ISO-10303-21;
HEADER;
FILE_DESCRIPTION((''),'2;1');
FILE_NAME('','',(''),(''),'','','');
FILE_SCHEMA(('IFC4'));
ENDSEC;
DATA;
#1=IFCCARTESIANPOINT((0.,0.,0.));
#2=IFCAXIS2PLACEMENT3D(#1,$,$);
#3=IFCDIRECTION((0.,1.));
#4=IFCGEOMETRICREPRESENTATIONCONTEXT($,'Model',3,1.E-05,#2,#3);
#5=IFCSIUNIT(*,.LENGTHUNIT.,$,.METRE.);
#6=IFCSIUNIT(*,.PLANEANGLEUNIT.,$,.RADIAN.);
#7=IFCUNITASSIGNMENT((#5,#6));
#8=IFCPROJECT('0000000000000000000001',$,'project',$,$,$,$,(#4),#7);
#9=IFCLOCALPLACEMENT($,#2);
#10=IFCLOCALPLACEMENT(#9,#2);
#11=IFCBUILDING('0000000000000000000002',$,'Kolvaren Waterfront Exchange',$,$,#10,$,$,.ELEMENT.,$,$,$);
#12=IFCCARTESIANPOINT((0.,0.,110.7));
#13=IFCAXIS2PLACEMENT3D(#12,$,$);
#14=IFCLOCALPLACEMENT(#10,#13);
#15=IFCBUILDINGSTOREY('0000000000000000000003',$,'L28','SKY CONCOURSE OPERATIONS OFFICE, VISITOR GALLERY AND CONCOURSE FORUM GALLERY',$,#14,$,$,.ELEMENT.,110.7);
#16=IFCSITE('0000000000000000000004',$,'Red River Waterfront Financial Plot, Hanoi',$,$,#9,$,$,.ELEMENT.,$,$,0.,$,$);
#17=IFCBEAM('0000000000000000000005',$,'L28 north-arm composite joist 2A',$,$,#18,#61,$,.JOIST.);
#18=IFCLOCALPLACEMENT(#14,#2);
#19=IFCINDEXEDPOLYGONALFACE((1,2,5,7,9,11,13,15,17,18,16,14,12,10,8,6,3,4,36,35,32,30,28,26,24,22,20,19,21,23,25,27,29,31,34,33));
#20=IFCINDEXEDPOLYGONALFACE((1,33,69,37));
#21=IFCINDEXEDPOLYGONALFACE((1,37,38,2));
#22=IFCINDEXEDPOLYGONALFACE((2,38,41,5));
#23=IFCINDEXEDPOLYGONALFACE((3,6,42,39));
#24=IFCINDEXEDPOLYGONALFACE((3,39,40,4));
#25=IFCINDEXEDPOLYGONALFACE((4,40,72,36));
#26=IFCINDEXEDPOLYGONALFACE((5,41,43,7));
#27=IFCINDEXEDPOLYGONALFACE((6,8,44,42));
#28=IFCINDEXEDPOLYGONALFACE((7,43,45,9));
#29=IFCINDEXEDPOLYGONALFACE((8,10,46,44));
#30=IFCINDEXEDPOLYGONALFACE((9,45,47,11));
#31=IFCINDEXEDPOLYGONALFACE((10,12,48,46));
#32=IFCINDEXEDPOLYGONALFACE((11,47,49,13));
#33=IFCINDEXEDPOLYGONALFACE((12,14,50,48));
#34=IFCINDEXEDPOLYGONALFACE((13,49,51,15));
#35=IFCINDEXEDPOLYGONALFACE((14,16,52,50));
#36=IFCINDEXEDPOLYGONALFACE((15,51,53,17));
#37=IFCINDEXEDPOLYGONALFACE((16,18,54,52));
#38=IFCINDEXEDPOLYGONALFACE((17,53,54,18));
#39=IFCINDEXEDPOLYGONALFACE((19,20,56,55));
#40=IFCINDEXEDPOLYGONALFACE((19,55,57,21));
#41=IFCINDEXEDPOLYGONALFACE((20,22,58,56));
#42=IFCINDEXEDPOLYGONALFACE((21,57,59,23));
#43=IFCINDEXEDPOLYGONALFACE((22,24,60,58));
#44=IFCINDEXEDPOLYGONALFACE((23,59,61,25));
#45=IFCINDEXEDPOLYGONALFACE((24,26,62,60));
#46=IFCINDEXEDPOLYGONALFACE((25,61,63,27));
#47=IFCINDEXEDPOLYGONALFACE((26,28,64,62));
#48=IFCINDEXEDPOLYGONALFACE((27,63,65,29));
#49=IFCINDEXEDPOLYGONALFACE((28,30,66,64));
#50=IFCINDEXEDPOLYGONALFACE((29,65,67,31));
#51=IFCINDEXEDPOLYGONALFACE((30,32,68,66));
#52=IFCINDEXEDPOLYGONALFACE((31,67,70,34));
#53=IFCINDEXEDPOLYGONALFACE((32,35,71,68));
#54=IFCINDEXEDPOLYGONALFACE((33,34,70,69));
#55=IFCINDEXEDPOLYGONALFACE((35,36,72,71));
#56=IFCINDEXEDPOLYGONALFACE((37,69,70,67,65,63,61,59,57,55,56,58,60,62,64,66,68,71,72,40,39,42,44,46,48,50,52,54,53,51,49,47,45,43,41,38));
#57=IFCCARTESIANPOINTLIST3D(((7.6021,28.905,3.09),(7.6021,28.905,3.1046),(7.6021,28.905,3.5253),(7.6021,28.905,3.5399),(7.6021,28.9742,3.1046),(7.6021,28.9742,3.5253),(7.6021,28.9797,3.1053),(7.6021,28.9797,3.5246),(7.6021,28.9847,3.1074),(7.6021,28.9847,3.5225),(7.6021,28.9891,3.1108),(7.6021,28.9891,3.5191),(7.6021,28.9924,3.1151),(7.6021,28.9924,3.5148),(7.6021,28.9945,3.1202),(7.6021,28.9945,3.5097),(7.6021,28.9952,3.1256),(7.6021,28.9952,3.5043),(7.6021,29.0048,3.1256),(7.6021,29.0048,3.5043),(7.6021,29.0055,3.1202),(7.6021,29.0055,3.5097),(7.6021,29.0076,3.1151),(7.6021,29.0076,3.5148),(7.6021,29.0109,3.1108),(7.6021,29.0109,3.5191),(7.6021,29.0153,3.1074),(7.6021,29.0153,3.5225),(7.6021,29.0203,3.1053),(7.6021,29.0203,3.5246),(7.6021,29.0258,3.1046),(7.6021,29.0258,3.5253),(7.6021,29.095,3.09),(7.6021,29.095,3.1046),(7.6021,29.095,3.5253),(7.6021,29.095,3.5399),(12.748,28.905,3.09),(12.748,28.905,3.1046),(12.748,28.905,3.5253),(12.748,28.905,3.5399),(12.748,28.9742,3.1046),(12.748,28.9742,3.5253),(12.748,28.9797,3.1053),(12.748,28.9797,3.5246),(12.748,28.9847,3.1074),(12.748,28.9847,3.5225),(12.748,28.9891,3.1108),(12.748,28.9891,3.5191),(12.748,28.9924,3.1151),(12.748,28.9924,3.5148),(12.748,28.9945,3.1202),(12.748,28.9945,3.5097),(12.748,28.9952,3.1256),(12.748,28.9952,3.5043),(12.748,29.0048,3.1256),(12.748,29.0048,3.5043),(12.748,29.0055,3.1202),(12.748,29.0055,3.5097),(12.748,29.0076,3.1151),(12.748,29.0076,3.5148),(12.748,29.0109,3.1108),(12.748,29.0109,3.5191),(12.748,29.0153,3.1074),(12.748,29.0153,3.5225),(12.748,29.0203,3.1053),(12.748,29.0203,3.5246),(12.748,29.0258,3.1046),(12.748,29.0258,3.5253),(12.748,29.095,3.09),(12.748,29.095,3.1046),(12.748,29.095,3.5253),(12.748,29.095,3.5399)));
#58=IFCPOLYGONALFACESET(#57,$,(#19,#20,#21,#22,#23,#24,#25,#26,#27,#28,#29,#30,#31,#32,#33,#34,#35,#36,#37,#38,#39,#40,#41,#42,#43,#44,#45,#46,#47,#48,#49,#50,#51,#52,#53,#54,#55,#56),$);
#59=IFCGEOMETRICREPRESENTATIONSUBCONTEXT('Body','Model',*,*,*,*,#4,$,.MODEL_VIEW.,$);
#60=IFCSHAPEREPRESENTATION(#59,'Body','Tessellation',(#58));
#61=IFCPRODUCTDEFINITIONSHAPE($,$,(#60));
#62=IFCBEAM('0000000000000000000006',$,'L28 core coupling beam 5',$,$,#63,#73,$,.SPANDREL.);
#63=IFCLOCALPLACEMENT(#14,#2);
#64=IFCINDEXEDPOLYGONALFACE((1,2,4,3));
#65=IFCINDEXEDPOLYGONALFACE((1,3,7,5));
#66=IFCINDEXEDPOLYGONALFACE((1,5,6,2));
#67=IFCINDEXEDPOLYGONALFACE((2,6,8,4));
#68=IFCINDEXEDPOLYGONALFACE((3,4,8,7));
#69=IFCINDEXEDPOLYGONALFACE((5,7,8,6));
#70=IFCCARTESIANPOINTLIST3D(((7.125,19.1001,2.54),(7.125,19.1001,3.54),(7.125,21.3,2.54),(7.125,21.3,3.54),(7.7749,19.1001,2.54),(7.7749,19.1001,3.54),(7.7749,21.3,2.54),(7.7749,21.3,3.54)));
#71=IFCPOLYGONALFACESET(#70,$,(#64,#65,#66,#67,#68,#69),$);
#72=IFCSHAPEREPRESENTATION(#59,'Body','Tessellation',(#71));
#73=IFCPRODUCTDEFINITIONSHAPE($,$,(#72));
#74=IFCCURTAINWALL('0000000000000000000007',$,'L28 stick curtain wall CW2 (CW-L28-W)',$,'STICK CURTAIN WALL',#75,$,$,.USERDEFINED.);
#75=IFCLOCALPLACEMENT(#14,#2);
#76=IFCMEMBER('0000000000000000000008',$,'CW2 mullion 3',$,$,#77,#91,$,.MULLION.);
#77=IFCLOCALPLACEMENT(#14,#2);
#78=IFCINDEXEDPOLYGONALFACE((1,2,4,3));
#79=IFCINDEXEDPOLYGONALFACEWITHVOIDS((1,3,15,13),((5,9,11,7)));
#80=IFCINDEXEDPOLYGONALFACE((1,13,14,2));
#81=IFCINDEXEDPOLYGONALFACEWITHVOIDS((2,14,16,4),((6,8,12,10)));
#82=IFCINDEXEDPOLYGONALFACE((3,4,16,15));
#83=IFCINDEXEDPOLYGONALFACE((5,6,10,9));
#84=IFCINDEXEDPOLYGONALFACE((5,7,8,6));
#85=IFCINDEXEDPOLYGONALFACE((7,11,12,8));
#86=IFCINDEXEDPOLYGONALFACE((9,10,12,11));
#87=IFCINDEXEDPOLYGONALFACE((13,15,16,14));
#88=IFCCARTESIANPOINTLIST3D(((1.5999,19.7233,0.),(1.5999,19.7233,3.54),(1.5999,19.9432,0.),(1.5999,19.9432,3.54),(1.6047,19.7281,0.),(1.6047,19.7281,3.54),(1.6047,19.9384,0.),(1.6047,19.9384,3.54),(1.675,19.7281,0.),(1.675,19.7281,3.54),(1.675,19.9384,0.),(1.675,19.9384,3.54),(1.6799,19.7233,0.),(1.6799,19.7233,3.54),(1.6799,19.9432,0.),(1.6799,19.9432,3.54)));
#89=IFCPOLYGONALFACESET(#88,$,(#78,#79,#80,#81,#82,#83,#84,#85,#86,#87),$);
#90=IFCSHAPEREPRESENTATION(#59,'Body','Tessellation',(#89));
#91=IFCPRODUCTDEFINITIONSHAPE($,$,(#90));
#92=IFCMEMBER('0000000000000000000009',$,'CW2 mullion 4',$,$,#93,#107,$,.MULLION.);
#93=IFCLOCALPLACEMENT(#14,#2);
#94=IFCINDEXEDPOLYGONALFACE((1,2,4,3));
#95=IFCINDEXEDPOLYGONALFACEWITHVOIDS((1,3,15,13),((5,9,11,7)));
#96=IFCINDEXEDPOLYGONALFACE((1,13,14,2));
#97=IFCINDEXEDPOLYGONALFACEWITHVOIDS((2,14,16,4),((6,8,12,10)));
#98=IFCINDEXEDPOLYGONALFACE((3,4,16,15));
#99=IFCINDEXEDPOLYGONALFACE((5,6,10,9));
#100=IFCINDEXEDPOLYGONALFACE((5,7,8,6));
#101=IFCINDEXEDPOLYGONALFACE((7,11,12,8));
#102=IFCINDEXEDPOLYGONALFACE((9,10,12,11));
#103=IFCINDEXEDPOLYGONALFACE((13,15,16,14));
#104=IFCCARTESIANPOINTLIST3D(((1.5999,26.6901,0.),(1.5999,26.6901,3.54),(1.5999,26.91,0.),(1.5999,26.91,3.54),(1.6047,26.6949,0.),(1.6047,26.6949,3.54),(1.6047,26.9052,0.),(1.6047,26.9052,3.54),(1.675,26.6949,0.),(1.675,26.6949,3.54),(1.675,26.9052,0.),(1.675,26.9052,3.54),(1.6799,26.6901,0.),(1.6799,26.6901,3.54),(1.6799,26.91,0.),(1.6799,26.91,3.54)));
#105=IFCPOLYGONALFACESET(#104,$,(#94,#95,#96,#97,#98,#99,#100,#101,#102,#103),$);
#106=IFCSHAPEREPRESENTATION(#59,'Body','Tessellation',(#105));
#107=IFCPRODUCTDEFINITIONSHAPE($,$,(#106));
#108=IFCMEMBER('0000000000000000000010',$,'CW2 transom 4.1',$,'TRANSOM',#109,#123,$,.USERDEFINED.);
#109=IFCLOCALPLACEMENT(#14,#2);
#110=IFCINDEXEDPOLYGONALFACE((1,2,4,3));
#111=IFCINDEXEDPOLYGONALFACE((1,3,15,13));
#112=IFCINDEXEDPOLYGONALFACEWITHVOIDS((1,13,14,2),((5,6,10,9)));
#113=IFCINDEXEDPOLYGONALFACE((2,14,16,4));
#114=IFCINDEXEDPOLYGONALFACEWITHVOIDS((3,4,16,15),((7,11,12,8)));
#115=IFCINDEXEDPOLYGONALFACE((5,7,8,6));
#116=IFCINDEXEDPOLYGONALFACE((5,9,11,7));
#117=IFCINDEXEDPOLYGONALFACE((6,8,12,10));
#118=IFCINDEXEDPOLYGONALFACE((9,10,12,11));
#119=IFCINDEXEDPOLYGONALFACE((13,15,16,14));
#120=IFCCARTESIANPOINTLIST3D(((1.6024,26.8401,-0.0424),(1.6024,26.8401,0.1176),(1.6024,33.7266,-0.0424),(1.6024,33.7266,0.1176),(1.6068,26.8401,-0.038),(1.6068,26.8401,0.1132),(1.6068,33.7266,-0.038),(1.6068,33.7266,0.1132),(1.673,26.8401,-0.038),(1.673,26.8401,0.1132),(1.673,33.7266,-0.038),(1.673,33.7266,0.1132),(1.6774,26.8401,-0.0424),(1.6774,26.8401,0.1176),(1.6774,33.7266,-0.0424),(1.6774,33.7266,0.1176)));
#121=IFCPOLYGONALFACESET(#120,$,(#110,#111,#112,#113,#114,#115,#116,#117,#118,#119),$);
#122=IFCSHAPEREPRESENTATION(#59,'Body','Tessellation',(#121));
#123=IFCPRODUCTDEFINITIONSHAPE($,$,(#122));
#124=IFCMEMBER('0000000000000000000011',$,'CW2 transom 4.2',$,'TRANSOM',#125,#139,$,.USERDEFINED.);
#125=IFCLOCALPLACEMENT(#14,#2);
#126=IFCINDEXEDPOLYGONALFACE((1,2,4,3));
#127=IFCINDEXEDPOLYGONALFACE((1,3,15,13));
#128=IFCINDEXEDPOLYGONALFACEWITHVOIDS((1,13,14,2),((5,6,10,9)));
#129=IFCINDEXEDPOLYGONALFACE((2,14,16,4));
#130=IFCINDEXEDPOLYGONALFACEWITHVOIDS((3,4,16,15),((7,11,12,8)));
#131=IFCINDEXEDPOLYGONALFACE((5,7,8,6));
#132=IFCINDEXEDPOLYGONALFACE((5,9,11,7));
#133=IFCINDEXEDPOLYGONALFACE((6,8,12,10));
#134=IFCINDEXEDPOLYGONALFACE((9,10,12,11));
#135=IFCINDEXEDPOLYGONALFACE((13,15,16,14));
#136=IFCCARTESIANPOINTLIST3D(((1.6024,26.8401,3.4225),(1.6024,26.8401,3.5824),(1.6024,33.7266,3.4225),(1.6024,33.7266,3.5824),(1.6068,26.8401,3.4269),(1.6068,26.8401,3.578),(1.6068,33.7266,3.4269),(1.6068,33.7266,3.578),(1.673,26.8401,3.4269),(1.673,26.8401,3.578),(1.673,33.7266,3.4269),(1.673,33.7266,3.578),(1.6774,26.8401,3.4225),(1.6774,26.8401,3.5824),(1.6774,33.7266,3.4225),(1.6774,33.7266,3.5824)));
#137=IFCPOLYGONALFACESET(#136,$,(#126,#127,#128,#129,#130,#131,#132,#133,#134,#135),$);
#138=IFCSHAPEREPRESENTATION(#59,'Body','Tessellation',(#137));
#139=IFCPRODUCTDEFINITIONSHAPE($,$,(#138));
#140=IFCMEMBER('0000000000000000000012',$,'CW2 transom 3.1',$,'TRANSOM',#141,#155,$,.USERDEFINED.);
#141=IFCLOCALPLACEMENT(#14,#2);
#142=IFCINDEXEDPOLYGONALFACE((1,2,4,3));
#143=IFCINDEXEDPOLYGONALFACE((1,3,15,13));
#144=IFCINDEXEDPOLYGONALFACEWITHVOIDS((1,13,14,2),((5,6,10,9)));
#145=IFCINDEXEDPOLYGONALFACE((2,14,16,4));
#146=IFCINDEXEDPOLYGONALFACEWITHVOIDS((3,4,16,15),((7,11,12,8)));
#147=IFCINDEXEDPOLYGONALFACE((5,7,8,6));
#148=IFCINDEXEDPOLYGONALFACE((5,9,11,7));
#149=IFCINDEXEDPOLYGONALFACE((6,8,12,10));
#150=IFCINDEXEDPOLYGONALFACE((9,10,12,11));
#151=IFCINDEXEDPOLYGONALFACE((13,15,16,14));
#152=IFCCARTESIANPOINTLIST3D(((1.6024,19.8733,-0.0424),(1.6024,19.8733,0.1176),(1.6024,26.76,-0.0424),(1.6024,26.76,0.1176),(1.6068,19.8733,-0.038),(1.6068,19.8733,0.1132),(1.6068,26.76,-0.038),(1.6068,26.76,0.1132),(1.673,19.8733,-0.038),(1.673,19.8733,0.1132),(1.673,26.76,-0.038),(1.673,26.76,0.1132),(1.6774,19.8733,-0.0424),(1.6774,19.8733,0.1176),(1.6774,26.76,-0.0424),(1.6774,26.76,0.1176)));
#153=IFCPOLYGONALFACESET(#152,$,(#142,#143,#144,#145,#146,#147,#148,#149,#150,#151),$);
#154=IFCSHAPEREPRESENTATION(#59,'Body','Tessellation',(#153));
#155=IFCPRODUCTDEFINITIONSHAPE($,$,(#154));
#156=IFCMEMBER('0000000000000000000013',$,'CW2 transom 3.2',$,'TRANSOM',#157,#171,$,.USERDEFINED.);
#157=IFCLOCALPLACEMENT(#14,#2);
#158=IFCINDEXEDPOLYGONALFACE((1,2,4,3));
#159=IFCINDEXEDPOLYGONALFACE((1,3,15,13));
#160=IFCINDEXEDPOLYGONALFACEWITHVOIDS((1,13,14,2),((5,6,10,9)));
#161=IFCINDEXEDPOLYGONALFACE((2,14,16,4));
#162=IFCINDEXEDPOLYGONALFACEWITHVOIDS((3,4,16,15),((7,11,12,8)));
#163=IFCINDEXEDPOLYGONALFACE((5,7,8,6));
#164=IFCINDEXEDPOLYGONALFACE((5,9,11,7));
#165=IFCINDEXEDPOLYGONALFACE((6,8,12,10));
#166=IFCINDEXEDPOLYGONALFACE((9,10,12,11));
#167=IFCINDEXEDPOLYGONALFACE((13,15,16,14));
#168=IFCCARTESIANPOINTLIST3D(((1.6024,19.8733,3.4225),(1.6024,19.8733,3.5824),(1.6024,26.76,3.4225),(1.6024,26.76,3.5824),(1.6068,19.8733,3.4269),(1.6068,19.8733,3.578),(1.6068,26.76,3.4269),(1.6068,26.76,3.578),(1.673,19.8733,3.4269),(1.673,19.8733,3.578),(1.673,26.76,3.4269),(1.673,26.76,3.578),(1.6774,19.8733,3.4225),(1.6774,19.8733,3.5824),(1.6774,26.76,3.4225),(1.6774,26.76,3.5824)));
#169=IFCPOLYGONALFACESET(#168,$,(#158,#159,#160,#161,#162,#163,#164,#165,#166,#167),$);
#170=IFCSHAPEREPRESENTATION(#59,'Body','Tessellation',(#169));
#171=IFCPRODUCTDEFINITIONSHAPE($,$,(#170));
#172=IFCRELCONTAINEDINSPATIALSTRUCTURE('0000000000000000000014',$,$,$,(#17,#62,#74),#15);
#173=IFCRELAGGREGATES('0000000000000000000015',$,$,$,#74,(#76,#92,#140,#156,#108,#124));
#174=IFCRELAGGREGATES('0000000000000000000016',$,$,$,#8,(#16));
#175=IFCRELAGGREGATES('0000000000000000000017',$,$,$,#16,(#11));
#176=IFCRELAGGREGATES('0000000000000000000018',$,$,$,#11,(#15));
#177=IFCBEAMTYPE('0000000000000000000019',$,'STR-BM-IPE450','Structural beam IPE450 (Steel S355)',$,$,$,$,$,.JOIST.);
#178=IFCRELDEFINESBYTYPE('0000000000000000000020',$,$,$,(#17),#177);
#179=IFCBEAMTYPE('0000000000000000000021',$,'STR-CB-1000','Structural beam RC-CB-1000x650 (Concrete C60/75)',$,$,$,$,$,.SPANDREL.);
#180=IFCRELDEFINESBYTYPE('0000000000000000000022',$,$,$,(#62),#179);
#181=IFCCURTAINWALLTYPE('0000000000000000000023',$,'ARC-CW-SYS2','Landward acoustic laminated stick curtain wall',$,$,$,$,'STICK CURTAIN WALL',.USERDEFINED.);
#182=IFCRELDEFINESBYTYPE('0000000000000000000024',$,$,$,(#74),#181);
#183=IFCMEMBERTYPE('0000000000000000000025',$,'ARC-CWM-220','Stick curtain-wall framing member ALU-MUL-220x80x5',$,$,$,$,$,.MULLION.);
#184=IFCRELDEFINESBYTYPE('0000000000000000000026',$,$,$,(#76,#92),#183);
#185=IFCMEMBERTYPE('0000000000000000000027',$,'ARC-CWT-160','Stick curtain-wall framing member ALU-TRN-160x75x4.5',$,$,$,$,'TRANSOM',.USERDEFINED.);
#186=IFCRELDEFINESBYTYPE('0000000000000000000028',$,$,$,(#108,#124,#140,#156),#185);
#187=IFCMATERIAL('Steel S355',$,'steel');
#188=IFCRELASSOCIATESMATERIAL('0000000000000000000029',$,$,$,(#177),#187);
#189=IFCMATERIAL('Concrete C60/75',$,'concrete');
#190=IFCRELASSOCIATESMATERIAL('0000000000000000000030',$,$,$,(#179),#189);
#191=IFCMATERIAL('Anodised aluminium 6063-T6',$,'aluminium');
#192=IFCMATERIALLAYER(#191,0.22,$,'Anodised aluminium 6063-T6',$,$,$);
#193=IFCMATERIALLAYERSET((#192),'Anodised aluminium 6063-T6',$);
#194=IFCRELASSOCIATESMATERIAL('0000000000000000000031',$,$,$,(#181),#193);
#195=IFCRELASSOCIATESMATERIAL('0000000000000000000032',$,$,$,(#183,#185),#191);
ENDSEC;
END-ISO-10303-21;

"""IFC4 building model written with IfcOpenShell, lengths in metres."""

from ifc_helpers import new_model, si_unit, direction, frame, origin, origin_with_axes, origin_2d, place, context, subcontext, project, spatial, rectangle, hollow_rectangle, i_section, extrude, source, transform, mapped, material, layer, layer_set, material_profile, profile_set, type_object, element, aggregate, save


model = new_model("IFC4")

# Units and contexts
model_context = context("Model", 3, precision=1e-05, world=origin(), true_north=direction((0.0, 1.0)))
body_context = subcontext(model_context, "Body", "Model", "MODEL_VIEW")
ifc_project = project(units=[si_unit("LENGTHUNIT", "METRE"), si_unit("PLANEANGLEUNIT", "RADIAN")], contexts=[model_context])

# Site, building, storey
site_placement = place(None, origin())
site = spatial("IfcSite", under=ifc_project, at=site_placement, Name="Red River Waterfront Financial Plot, Hanoi", CompositionType="ELEMENT", RefElevation=0.0)
building_placement = place(site_placement, origin())
building = spatial("IfcBuilding", under=site, at=building_placement, Name="Kolvaren Waterfront Exchange", CompositionType="ELEMENT")
storey_placement = place(building_placement, frame((0.0, 0.0, 110.7)))
storey = spatial("IfcBuildingStorey", under=building, at=storey_placement, Name="L28", Description="SKY CONCOURSE OPERATIONS OFFICE, VISITOR GALLERY AND CONCOURSE FORUM GALLERY", CompositionType="ELEMENT", Elevation=110.7)

# Shared definitions
ifc_material_1 = material(Name="Concrete C60/75", Category="concrete")

# Beams
ifc_material_2 = material(Name="Steel S355", Category="steel")
ifc_material_profile_1 = material_profile(ifc_material_2, i_section(OverallWidth=0.1899, OverallDepth=0.45, WebThickness=0.0095, FlangeThickness=0.0146, FilletRadius=0.021, at=origin_2d()), Name="IPE450")
ifc_profile_set_1 = profile_set([ifc_material_profile_1], Name="Steel S355")
beam_type_1 = type_object("IfcBeamType", Name="STR-BM-IPE450", Description="Structural beam IPE450 (Steel S355)", PredefinedType="JOIST", material=ifc_profile_set_1)
for number, where, z_axis, x_axis, name in (
    (1, (7.6021, 29.0, 3.3149), (1.0, 0.0, 0.0), (0.0, 1.0, 0.0), "L28 north-arm composite joist 2A"),
):
    element("IfcBeam", number, at=place(storey_placement, frame(where, z_axis=z_axis, x_axis=x_axis)), inside=storey, type_object=beam_type_1, Name=name, PredefinedType="JOIST", context=body_context, shape_type="SweptSolid", body=[
        extrude(i_section(OverallWidth=0.1899, OverallDepth=0.45, WebThickness=0.0095, FlangeThickness=0.0146, FilletRadius=0.021, at=origin_2d()), origin(), (0.0, 0.0, 1.0), 5.146),
    ])
ifc_material_profile_2 = material_profile(ifc_material_1, rectangle(XDim=0.6499, YDim=1.0, at=origin_2d()), Name="RC-CB-1000x650")
ifc_profile_set_2 = profile_set([ifc_material_profile_2], Name="Concrete C60/75")
beam_type_2 = type_object("IfcBeamType", Name="STR-CB-1000", Description="Structural beam RC-CB-1000x650 (Concrete C60/75)", PredefinedType="SPANDREL", material=ifc_profile_set_2)
beam_1_placement = place(storey_placement, frame((7.45, 19.1001, 3.04), z_axis=(0.0, 1.0, 0.0), x_axis=(-1.0, 0.0, 0.0)))
element("IfcBeam", 2, at=beam_1_placement, inside=storey, type_object=beam_type_2, Name="L28 core coupling beam 5", PredefinedType="SPANDREL", context=body_context, shape_type="SweptSolid", body=[
    extrude(rectangle(XDim=0.6499, YDim=1.0, at=origin_2d()), origin(), (0.0, 0.0, 1.0), 2.2),
])

# Curtain wall, members
ifc_material_3 = material(Name="Anodised aluminium 6063-T6", Category="aluminium")
ifc_layer_1 = layer(ifc_material_3, 0.22, Name="Anodised aluminium 6063-T6")
ifc_layer_set_1 = layer_set([ifc_layer_1], Name="Anodised aluminium 6063-T6")
curtain_wall_type = type_object("IfcCurtainWallType", Name="ARC-CW-SYS2", Description="Landward acoustic laminated stick curtain wall", ElementType="STICK CURTAIN WALL", PredefinedType="USERDEFINED", material=ifc_layer_set_1)
curtain_wall_placement = place(storey_placement, origin())
curtain_wall = element("IfcCurtainWall", 3, at=curtain_wall_placement, inside=storey, type_object=curtain_wall_type, Name="L28 stick curtain wall CW2 (CW-L28-W)", ObjectType="STICK CURTAIN WALL", PredefinedType="USERDEFINED")
ifc_material_profile_3 = material_profile(ifc_material_3, hollow_rectangle(XDim=0.0801, YDim=0.22, WallThickness=0.0049, at=origin_2d()), Name="ALU-MUL-220x80x5")
ifc_profile_set_3 = profile_set([ifc_material_profile_3], Name="Anodised aluminium 6063-T6")
member_type_1 = type_object("IfcMemberType", Name="ARC-CWM-220", Description="Stick curtain-wall framing member ALU-MUL-220x80x5", PredefinedType="MULLION", material=ifc_profile_set_3)
shared_shape_1 = source(origin_with_axes(), body_context, "Body", "SweptSolid", [
    extrude(hollow_rectangle(XDim=0.0801, YDim=0.22, WallThickness=0.0049, at=origin_2d()), origin(), (0.0, 0.0, 1.0), 3.54),
])
member_1_placement = place(storey_placement, frame((1.6399, 19.8333, 0.0), z_axis=(0.0, 0.0, 1.0), x_axis=(-1.0, 0.0, 0.0)))
member_1 = element("IfcMember", 4, at=member_1_placement, type_object=member_type_1, Name="CW2 mullion 3", PredefinedType="MULLION", context=body_context, shape_type="MappedRepresentation", body=[
    mapped(shared_shape_1, transform((0.0, 0.0, 0.0), x_axis=(1.0, 0.0, 0.0), y_axis=(0.0, 1.0, 0.0), z_axis=(0.0, 0.0, 1.0), scale=1.0)),
])
member_2_placement = place(storey_placement, frame((1.6399, 26.8, 0.0), z_axis=(0.0, 0.0, 1.0), x_axis=(-1.0, 0.0, 0.0)))
member_2 = element("IfcMember", 5, at=member_2_placement, type_object=member_type_1, Name="CW2 mullion 4", PredefinedType="MULLION", context=body_context, shape_type="MappedRepresentation", body=[
    mapped(shared_shape_1, transform((0.0, 0.0, 0.0), x_axis=(1.0, 0.0, 0.0), y_axis=(0.0, 1.0, 0.0), z_axis=(0.0, 0.0, 1.0), scale=1.0)),
])
ifc_material_profile_4 = material_profile(ifc_material_3, hollow_rectangle(XDim=0.075, YDim=0.1599, WallThickness=0.0044, at=origin_2d()), Name="ALU-TRN-160x75x4.5")
ifc_profile_set_4 = profile_set([ifc_material_profile_4], Name="Anodised aluminium 6063-T6")
member_type_2 = type_object("IfcMemberType", Name="ARC-CWT-160", Description="Stick curtain-wall framing member ALU-TRN-160x75x4.5", ElementType="TRANSOM", PredefinedType="USERDEFINED", material=ifc_profile_set_4)
shared_shape_2 = source(origin_with_axes(), body_context, "Body", "SweptSolid", [
    extrude(hollow_rectangle(XDim=0.075, YDim=0.1599, WallThickness=0.0044, at=origin_2d()), origin(), (0.0, 0.0, 1.0), 6.8865),
])
member_3_placement = place(storey_placement, frame((1.6399, 26.8401, 0.0376), z_axis=(0.0, 1.0, 0.0), x_axis=(-1.0, 0.0, 0.0)))
member_3 = element("IfcMember", 6, at=member_3_placement, type_object=member_type_2, Name="CW2 transom 4.1", ObjectType="TRANSOM", PredefinedType="USERDEFINED", context=body_context, shape_type="MappedRepresentation", body=[
    mapped(shared_shape_2, transform((0.0, 0.0, 0.0), x_axis=(1.0, 0.0, 0.0), y_axis=(0.0, 1.0, 0.0), z_axis=(0.0, 0.0, 1.0), scale=1.0)),
])
member_4_placement = place(storey_placement, frame((1.6399, 26.8401, 3.5024), z_axis=(0.0, 1.0, 0.0), x_axis=(-1.0, 0.0, 0.0)))
member_4 = element("IfcMember", 7, at=member_4_placement, type_object=member_type_2, Name="CW2 transom 4.2", ObjectType="TRANSOM", PredefinedType="USERDEFINED", context=body_context, shape_type="MappedRepresentation", body=[
    mapped(shared_shape_2, transform((0.0, 0.0, 0.0), x_axis=(1.0, 0.0, 0.0), y_axis=(0.0, 1.0, 0.0), z_axis=(0.0, 0.0, 1.0), scale=1.0)),
])
shared_shape_3 = source(origin_with_axes(), body_context, "Body", "SweptSolid", [
    extrude(hollow_rectangle(XDim=0.075, YDim=0.1599, WallThickness=0.0044, at=origin_2d()), origin(), (0.0, 0.0, 1.0), 6.8867),
])
member_5_placement = place(storey_placement, frame((1.6399, 19.8733, 0.0376), z_axis=(0.0, 1.0, 0.0), x_axis=(-1.0, 0.0, 0.0)))
member_5 = element("IfcMember", 8, at=member_5_placement, type_object=member_type_2, Name="CW2 transom 3.1", ObjectType="TRANSOM", PredefinedType="USERDEFINED", context=body_context, shape_type="MappedRepresentation", body=[
    mapped(shared_shape_3, transform((0.0, 0.0, 0.0), x_axis=(1.0, 0.0, 0.0), y_axis=(0.0, 1.0, 0.0), z_axis=(0.0, 0.0, 1.0), scale=1.0)),
])
member_6_placement = place(storey_placement, frame((1.6399, 19.8733, 3.5024), z_axis=(0.0, 1.0, 0.0), x_axis=(-1.0, 0.0, 0.0)))
member_6 = element("IfcMember", 9, at=member_6_placement, type_object=member_type_2, Name="CW2 transom 3.2", ObjectType="TRANSOM", PredefinedType="USERDEFINED", context=body_context, shape_type="MappedRepresentation", body=[
    mapped(shared_shape_3, transform((0.0, 0.0, 0.0), x_axis=(1.0, 0.0, 0.0), y_axis=(0.0, 1.0, 0.0), z_axis=(0.0, 0.0, 1.0), scale=1.0)),
])
aggregate(curtain_wall, [member_1, member_2, member_5, member_6, member_3, member_4])

save(model, "model.ifc")
